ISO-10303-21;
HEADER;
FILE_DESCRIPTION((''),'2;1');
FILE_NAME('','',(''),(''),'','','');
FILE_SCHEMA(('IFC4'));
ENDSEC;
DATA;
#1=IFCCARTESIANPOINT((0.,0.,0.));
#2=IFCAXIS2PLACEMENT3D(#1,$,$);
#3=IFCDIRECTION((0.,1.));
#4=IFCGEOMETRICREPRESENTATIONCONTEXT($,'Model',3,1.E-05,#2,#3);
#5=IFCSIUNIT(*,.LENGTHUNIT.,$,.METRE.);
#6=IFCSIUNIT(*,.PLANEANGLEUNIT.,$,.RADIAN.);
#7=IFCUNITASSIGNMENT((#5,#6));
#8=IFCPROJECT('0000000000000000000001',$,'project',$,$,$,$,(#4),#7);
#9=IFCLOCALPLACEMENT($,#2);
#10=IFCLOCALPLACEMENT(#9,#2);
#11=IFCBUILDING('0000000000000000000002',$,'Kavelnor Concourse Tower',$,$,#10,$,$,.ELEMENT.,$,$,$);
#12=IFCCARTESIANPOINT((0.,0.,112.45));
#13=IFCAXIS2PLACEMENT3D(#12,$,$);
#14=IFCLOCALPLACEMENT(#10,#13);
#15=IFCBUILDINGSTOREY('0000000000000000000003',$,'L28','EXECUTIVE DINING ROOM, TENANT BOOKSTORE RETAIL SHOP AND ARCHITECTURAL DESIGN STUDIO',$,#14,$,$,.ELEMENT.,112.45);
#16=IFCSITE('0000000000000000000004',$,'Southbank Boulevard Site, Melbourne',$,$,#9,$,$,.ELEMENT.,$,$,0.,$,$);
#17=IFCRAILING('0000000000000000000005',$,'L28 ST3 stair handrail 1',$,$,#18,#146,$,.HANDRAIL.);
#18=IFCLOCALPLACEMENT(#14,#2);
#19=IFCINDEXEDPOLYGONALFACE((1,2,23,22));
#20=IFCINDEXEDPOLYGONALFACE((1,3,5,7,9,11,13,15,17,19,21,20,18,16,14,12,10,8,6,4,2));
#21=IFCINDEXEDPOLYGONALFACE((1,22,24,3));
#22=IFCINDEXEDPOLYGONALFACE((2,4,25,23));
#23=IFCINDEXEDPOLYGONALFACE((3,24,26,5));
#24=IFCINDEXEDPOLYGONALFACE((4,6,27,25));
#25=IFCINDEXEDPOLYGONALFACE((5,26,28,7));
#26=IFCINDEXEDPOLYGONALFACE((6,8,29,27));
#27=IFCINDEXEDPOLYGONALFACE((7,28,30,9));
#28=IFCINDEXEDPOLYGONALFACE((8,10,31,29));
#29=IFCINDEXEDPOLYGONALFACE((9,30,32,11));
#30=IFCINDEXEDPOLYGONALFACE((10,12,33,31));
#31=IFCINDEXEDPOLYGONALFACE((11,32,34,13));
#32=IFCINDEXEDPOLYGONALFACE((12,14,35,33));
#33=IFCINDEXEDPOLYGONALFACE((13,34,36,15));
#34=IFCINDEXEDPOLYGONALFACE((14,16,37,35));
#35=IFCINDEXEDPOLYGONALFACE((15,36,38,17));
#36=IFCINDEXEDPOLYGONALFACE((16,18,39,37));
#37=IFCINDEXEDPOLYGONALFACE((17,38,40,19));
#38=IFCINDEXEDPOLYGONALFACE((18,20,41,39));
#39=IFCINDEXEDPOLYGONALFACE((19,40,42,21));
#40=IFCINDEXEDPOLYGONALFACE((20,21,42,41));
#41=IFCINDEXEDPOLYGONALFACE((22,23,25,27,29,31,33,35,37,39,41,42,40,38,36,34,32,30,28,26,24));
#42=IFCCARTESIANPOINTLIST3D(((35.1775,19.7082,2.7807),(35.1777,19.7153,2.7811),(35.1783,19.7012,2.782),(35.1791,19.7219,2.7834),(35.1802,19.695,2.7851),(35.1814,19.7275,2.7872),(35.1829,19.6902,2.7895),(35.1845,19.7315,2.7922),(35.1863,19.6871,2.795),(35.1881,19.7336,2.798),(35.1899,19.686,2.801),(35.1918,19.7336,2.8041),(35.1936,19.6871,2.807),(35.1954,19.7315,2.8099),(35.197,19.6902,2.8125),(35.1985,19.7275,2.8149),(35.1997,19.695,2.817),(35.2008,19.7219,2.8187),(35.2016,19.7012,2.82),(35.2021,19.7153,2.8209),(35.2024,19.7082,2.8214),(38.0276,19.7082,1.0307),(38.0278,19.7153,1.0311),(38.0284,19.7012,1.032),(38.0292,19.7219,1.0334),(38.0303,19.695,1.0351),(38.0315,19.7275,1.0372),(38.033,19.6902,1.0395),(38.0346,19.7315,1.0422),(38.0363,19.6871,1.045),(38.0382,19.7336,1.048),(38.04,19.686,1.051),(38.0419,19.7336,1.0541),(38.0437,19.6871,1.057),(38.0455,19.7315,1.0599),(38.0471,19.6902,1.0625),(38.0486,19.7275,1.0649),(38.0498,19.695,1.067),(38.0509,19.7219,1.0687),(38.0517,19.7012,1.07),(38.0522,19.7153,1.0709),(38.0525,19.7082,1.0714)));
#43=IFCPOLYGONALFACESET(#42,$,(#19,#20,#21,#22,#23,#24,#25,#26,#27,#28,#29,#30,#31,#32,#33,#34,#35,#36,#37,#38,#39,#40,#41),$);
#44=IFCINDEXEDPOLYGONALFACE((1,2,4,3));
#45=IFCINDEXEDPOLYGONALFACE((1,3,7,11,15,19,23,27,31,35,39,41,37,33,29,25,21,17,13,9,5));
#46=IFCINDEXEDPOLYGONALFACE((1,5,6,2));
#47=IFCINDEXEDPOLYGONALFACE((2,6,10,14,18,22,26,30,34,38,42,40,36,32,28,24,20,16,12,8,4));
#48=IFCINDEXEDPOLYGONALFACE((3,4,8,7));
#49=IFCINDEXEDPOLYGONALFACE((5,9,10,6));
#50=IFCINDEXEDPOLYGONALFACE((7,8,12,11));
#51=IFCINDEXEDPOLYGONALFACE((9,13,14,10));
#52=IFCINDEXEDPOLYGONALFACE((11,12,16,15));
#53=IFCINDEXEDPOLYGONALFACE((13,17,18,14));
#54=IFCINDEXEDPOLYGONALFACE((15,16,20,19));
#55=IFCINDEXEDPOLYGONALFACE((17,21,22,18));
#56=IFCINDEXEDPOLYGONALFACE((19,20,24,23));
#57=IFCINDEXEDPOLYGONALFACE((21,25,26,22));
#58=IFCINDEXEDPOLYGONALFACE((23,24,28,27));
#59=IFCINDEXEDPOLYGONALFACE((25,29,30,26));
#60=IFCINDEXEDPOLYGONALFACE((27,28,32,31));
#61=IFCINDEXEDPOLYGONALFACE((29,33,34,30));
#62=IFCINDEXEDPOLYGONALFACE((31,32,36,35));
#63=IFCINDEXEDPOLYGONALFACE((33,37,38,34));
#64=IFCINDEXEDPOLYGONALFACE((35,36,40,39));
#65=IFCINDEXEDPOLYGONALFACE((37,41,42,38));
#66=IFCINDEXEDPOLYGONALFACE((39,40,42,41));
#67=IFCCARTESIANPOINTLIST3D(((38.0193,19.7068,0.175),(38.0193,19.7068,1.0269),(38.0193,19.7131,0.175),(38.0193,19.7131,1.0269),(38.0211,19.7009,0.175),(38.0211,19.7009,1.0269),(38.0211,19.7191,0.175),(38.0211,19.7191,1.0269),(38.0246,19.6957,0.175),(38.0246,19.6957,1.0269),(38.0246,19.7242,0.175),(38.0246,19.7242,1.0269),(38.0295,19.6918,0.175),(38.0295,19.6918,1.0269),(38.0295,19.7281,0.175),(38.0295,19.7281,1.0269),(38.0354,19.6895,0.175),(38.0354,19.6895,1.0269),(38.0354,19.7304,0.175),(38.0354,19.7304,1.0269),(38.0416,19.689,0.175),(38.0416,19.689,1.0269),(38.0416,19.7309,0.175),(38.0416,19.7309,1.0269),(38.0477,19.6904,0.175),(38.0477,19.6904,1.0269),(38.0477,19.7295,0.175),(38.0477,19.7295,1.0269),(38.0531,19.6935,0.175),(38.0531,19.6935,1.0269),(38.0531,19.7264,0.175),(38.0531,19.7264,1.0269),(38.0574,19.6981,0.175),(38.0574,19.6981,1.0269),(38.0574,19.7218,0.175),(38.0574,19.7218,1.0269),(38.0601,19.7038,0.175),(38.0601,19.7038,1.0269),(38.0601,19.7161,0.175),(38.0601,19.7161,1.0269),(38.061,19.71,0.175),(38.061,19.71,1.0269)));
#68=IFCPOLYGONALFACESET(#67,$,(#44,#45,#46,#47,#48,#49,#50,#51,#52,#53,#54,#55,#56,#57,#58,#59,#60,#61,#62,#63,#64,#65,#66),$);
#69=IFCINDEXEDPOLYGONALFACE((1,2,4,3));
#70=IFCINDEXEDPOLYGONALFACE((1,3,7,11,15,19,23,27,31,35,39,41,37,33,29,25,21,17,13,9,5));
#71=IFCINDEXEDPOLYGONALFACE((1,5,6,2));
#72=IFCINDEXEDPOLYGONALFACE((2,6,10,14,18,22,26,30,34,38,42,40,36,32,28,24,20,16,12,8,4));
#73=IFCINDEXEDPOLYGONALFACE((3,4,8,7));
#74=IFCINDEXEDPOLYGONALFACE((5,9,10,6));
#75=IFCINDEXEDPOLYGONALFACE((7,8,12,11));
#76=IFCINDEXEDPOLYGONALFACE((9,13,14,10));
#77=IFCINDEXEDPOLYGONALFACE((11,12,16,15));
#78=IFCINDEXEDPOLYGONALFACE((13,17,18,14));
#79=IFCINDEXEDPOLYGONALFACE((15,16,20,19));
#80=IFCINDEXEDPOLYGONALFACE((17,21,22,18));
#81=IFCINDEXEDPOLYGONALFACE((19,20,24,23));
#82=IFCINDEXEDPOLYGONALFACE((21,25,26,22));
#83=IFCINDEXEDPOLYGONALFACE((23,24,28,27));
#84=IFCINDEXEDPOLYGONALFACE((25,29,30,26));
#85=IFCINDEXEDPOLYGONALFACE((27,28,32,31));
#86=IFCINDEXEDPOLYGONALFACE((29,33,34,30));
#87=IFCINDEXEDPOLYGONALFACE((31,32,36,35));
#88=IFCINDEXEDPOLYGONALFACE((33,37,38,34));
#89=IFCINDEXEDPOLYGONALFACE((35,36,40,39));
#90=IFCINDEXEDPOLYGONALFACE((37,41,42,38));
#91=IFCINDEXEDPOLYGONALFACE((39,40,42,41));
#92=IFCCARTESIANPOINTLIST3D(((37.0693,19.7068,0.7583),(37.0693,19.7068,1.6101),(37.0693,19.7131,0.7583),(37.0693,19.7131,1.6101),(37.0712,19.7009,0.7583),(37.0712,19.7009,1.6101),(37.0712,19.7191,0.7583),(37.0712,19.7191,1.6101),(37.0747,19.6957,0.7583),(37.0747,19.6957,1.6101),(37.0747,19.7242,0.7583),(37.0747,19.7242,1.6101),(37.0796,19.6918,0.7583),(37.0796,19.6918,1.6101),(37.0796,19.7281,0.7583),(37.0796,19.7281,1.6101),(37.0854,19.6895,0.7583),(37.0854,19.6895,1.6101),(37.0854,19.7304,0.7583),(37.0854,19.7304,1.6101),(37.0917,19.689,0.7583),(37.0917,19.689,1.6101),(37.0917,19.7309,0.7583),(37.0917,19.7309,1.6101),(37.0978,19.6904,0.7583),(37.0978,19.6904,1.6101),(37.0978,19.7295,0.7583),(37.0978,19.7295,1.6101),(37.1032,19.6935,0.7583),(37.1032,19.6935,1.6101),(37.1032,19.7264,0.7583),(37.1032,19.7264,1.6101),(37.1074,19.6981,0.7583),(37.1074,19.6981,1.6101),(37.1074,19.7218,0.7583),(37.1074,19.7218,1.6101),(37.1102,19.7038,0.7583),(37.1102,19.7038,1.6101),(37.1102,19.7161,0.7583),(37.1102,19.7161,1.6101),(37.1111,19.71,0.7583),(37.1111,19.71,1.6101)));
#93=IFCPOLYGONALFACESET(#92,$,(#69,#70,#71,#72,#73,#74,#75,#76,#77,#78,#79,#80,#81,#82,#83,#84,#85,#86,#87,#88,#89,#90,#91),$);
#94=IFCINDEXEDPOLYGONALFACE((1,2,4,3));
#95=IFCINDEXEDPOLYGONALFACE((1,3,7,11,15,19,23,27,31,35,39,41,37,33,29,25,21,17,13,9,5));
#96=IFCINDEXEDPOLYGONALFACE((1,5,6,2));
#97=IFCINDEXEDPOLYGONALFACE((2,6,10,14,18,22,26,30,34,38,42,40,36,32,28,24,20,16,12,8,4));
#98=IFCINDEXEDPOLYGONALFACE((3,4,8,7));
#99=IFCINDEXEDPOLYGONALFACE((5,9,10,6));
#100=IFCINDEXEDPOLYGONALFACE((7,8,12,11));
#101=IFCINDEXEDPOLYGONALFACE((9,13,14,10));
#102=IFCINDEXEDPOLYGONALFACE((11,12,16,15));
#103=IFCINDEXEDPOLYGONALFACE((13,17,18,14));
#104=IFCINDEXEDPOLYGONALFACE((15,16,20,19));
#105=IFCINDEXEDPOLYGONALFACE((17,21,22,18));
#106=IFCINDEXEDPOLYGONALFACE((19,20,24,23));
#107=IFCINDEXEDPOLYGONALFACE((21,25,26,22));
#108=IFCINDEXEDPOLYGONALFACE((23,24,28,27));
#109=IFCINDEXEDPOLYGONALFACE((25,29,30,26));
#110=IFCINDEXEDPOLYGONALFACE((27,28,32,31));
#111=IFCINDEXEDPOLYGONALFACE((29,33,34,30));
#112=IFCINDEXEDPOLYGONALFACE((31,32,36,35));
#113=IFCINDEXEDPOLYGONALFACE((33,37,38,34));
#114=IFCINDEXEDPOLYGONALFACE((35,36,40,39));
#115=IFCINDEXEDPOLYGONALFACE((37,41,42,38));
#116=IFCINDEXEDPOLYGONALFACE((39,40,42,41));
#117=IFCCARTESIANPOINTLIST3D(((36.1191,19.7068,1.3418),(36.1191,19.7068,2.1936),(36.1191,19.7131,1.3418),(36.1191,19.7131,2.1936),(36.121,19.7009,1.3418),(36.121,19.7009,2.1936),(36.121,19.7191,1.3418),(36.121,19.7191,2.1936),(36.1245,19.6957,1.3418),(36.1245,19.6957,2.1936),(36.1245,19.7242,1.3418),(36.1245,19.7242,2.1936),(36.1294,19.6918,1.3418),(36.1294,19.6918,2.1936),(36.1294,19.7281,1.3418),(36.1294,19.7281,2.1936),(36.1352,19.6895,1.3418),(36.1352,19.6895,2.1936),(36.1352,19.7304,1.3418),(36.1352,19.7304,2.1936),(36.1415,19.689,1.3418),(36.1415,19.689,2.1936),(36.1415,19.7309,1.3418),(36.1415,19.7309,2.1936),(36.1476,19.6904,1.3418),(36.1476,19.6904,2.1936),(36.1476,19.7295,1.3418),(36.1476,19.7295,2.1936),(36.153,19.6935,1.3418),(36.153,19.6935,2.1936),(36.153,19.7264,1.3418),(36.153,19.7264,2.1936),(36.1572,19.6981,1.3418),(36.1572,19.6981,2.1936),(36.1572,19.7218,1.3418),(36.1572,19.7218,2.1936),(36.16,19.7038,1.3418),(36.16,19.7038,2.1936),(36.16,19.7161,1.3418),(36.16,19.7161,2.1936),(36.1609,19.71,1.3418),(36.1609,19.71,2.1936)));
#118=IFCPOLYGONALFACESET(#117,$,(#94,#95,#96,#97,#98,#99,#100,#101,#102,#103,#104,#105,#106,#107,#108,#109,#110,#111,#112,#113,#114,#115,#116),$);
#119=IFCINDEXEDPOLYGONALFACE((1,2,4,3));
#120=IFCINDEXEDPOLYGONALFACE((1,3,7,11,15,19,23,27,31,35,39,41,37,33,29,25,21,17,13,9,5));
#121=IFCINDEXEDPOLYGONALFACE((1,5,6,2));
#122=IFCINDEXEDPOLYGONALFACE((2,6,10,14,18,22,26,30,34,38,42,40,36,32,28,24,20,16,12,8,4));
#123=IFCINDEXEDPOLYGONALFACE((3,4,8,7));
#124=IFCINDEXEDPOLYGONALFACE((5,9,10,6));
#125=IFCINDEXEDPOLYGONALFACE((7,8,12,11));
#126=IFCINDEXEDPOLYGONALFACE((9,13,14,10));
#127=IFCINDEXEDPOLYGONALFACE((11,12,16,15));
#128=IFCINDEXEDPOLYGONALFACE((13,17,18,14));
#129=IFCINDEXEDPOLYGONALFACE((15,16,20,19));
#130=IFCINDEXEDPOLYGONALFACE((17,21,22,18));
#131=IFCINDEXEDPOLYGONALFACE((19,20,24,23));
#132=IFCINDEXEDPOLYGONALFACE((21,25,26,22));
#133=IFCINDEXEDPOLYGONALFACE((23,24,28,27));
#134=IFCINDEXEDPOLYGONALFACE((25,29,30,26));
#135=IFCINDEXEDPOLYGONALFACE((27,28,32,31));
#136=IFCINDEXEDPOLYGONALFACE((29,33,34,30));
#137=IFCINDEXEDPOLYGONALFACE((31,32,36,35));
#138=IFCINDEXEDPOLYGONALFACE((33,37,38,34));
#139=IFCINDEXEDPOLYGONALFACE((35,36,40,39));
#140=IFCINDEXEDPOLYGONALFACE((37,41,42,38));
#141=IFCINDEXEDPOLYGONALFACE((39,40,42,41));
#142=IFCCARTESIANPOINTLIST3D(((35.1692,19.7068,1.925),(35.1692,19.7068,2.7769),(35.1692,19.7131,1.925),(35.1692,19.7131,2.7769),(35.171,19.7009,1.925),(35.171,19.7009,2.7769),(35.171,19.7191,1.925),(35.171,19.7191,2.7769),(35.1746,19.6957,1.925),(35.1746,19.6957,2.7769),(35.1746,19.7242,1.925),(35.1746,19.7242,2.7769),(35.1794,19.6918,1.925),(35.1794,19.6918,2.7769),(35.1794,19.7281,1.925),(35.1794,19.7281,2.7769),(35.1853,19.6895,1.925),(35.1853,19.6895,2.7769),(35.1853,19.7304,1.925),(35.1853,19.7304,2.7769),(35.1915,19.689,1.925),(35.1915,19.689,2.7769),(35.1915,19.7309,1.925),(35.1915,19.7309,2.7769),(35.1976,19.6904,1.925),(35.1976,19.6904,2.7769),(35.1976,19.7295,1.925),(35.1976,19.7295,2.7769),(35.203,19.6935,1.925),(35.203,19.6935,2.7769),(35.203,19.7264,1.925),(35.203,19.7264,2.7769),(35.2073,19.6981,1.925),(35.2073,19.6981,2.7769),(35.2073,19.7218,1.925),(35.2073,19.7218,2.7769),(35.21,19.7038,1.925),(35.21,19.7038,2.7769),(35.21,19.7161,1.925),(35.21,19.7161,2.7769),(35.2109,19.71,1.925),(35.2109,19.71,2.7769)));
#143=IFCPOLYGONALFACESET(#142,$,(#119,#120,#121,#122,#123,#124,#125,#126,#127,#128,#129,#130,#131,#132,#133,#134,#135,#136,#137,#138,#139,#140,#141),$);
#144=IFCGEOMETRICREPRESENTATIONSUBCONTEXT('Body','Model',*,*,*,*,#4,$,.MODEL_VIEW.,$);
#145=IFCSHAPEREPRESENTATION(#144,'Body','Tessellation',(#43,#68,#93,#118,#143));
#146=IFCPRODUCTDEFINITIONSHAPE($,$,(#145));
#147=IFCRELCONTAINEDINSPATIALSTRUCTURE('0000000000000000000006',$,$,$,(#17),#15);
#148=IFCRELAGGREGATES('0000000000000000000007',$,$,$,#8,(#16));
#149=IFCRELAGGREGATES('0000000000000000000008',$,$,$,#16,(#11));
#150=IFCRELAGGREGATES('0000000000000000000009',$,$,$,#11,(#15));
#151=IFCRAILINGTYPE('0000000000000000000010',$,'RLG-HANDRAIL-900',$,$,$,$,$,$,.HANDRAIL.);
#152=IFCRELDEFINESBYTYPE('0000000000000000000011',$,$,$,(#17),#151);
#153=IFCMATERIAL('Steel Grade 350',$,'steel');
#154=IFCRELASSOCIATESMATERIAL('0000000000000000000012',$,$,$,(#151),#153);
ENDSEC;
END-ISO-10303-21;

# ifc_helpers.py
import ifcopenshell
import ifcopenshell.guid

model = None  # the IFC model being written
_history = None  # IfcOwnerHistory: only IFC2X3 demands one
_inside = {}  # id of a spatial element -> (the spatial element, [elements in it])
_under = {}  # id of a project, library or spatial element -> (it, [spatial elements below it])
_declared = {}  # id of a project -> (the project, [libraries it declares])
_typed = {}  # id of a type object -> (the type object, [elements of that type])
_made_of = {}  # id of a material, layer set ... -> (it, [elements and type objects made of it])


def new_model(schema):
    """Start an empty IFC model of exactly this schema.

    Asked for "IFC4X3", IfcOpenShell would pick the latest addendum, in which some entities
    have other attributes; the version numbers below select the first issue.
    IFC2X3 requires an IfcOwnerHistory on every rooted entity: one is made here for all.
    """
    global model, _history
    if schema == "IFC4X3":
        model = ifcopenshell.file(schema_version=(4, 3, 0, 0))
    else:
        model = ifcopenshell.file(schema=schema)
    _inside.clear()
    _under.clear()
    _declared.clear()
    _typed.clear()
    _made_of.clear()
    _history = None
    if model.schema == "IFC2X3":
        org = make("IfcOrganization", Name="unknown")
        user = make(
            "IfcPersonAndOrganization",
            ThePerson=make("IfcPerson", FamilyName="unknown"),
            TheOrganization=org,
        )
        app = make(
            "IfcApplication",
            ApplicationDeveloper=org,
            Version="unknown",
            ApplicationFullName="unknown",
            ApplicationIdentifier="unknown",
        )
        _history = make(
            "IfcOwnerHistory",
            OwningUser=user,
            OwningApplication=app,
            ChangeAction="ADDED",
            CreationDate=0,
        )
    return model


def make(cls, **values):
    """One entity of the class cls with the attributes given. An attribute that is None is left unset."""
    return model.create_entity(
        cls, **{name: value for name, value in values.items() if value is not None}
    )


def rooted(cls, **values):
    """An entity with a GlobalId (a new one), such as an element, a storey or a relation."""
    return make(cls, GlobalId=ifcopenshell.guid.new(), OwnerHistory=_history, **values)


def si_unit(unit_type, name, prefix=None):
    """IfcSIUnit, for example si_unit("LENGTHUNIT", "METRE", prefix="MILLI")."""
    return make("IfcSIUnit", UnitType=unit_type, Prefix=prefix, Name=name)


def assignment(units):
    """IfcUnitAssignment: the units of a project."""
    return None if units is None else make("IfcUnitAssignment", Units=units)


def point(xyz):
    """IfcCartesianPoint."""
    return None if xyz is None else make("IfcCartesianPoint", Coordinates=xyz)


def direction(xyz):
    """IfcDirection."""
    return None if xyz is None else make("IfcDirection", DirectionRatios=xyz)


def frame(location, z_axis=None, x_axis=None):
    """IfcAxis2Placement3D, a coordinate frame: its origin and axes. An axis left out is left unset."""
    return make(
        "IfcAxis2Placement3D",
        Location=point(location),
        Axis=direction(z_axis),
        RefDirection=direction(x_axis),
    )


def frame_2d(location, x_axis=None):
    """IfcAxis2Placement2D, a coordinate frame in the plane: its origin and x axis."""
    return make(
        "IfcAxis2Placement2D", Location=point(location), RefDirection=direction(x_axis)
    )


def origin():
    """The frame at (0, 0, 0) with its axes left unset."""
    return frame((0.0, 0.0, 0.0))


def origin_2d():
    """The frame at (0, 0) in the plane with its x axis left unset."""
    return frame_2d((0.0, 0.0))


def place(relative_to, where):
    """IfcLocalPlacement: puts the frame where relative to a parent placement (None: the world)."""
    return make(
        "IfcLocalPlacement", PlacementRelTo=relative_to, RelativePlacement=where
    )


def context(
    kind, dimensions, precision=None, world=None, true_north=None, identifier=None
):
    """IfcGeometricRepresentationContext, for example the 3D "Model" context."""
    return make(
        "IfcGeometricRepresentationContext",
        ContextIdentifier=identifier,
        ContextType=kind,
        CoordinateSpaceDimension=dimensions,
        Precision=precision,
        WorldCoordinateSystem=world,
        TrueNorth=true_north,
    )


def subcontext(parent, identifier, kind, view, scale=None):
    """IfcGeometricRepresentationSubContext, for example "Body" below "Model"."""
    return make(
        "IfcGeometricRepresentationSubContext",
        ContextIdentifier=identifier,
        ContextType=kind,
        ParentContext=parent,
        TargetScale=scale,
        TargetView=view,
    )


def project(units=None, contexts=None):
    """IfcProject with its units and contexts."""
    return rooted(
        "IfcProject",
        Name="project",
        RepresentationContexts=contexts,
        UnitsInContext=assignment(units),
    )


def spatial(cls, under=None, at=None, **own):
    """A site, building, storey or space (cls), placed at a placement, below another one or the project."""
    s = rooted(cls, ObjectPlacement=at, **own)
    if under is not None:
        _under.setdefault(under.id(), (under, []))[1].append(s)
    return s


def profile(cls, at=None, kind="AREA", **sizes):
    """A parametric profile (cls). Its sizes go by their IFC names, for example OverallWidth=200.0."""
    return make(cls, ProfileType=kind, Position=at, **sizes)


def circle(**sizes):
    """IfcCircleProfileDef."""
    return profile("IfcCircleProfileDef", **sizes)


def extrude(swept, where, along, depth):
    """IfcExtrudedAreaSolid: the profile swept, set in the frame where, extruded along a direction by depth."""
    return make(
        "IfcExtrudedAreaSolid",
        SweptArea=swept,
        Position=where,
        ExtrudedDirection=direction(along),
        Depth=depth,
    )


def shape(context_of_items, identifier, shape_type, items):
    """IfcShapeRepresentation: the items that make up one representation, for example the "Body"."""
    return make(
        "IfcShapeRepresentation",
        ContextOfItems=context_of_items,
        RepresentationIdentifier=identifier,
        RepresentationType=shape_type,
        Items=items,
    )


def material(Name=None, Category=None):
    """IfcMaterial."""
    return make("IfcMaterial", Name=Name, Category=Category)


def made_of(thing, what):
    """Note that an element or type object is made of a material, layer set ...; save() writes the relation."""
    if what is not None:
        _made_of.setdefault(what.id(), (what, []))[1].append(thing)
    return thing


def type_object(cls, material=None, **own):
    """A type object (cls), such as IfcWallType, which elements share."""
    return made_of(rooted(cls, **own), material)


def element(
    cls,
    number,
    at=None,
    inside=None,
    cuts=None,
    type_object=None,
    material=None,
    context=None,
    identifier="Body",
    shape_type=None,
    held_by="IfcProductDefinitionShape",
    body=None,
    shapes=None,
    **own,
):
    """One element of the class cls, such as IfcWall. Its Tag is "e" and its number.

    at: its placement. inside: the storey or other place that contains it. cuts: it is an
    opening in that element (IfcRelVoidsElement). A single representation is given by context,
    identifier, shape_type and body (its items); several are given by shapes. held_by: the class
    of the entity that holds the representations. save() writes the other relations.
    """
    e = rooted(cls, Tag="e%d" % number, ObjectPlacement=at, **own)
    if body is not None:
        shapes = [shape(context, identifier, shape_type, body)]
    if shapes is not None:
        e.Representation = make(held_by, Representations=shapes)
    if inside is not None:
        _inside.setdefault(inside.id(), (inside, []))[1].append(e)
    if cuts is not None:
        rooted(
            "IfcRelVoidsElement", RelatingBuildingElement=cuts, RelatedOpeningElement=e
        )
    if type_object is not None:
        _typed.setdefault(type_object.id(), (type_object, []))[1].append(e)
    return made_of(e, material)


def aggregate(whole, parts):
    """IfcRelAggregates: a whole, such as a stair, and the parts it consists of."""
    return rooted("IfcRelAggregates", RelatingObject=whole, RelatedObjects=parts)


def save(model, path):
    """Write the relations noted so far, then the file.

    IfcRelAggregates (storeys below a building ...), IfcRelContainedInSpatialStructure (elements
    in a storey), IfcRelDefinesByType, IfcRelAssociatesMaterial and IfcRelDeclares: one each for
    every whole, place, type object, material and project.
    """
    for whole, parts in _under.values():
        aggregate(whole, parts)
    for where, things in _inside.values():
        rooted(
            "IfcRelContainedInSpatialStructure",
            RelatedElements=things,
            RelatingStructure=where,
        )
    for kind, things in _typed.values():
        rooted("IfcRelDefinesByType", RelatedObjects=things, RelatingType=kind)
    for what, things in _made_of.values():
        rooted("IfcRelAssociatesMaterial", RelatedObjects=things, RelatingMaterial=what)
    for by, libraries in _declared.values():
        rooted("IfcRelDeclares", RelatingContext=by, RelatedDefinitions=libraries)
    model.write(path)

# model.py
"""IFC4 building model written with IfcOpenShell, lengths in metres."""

from ifc_helpers import new_model, si_unit, direction, frame, origin, origin_2d, place, context, subcontext, project, spatial, circle, extrude, material, type_object, element, save


model = new_model("IFC4")

# Units and contexts
model_context = context("Model", 3, precision=1e-05, world=origin(), true_north=direction((0.0, 1.0)))
body_context = subcontext(model_context, "Body", "Model", "MODEL_VIEW")
ifc_project = project(units=[si_unit("LENGTHUNIT", "METRE"), si_unit("PLANEANGLEUNIT", "RADIAN")], contexts=[model_context])

# Site, building, storey
site_placement = place(None, origin())
site = spatial("IfcSite", under=ifc_project, at=site_placement, Name="Southbank Boulevard Site, Melbourne", CompositionType="ELEMENT", RefElevation=0.0)
building_placement = place(site_placement, origin())
building = spatial("IfcBuilding", under=site, at=building_placement, Name="Kavelnor Concourse Tower", CompositionType="ELEMENT")
storey_placement = place(building_placement, frame((0.0, 0.0, 112.45)))
storey = spatial("IfcBuildingStorey", under=building, at=storey_placement, Name="L28", Description="EXECUTIVE DINING ROOM, TENANT BOOKSTORE RETAIL SHOP AND ARCHITECTURAL DESIGN STUDIO", CompositionType="ELEMENT", Elevation=112.45)

# Shared definitions
ifc_material_1 = material(Name="Steel Grade 350", Category="steel")

# Railing
railing_type_1 = type_object("IfcRailingType", Name="RLG-HANDRAIL-900", PredefinedType="HANDRAIL", material=ifc_material_1)
railing_1_placement = place(storey_placement, frame((38.04, 19.71, 0.175)))
element("IfcRailing", 1, at=railing_1_placement, inside=storey, type_object=railing_type_1, Name="L28 ST3 stair handrail 1", PredefinedType="HANDRAIL", context=body_context, shape_type="SweptSolid", body=[
    extrude(circle(Radius=0.0239, at=origin_2d()), frame((0.0, 0.0, 0.876), z_axis=(-0.852179, 0.0, 0.52325), x_axis=(0.0, -1.0, 0.0)), (0.0, 0.0, 1.0), 3.3445),
    extrude(circle(Radius=0.021, at=origin_2d()), origin(), (0.0, 0.0, 1.0), 0.8518),
    extrude(circle(Radius=0.021, at=origin_2d()), frame((-0.95, 0.0, 0.5833)), (0.0, 0.0, 1.0), 0.8518),
    extrude(circle(Radius=0.021, at=origin_2d()), frame((-1.9001, 0.0, 1.1667)), (0.0, 0.0, 1.0), 0.8518),
    extrude(circle(Radius=0.021, at=origin_2d()), frame((-2.8501, 0.0, 1.75)), (0.0, 0.0, 1.0), 0.8518),
])

save(model, "model.ifc")
